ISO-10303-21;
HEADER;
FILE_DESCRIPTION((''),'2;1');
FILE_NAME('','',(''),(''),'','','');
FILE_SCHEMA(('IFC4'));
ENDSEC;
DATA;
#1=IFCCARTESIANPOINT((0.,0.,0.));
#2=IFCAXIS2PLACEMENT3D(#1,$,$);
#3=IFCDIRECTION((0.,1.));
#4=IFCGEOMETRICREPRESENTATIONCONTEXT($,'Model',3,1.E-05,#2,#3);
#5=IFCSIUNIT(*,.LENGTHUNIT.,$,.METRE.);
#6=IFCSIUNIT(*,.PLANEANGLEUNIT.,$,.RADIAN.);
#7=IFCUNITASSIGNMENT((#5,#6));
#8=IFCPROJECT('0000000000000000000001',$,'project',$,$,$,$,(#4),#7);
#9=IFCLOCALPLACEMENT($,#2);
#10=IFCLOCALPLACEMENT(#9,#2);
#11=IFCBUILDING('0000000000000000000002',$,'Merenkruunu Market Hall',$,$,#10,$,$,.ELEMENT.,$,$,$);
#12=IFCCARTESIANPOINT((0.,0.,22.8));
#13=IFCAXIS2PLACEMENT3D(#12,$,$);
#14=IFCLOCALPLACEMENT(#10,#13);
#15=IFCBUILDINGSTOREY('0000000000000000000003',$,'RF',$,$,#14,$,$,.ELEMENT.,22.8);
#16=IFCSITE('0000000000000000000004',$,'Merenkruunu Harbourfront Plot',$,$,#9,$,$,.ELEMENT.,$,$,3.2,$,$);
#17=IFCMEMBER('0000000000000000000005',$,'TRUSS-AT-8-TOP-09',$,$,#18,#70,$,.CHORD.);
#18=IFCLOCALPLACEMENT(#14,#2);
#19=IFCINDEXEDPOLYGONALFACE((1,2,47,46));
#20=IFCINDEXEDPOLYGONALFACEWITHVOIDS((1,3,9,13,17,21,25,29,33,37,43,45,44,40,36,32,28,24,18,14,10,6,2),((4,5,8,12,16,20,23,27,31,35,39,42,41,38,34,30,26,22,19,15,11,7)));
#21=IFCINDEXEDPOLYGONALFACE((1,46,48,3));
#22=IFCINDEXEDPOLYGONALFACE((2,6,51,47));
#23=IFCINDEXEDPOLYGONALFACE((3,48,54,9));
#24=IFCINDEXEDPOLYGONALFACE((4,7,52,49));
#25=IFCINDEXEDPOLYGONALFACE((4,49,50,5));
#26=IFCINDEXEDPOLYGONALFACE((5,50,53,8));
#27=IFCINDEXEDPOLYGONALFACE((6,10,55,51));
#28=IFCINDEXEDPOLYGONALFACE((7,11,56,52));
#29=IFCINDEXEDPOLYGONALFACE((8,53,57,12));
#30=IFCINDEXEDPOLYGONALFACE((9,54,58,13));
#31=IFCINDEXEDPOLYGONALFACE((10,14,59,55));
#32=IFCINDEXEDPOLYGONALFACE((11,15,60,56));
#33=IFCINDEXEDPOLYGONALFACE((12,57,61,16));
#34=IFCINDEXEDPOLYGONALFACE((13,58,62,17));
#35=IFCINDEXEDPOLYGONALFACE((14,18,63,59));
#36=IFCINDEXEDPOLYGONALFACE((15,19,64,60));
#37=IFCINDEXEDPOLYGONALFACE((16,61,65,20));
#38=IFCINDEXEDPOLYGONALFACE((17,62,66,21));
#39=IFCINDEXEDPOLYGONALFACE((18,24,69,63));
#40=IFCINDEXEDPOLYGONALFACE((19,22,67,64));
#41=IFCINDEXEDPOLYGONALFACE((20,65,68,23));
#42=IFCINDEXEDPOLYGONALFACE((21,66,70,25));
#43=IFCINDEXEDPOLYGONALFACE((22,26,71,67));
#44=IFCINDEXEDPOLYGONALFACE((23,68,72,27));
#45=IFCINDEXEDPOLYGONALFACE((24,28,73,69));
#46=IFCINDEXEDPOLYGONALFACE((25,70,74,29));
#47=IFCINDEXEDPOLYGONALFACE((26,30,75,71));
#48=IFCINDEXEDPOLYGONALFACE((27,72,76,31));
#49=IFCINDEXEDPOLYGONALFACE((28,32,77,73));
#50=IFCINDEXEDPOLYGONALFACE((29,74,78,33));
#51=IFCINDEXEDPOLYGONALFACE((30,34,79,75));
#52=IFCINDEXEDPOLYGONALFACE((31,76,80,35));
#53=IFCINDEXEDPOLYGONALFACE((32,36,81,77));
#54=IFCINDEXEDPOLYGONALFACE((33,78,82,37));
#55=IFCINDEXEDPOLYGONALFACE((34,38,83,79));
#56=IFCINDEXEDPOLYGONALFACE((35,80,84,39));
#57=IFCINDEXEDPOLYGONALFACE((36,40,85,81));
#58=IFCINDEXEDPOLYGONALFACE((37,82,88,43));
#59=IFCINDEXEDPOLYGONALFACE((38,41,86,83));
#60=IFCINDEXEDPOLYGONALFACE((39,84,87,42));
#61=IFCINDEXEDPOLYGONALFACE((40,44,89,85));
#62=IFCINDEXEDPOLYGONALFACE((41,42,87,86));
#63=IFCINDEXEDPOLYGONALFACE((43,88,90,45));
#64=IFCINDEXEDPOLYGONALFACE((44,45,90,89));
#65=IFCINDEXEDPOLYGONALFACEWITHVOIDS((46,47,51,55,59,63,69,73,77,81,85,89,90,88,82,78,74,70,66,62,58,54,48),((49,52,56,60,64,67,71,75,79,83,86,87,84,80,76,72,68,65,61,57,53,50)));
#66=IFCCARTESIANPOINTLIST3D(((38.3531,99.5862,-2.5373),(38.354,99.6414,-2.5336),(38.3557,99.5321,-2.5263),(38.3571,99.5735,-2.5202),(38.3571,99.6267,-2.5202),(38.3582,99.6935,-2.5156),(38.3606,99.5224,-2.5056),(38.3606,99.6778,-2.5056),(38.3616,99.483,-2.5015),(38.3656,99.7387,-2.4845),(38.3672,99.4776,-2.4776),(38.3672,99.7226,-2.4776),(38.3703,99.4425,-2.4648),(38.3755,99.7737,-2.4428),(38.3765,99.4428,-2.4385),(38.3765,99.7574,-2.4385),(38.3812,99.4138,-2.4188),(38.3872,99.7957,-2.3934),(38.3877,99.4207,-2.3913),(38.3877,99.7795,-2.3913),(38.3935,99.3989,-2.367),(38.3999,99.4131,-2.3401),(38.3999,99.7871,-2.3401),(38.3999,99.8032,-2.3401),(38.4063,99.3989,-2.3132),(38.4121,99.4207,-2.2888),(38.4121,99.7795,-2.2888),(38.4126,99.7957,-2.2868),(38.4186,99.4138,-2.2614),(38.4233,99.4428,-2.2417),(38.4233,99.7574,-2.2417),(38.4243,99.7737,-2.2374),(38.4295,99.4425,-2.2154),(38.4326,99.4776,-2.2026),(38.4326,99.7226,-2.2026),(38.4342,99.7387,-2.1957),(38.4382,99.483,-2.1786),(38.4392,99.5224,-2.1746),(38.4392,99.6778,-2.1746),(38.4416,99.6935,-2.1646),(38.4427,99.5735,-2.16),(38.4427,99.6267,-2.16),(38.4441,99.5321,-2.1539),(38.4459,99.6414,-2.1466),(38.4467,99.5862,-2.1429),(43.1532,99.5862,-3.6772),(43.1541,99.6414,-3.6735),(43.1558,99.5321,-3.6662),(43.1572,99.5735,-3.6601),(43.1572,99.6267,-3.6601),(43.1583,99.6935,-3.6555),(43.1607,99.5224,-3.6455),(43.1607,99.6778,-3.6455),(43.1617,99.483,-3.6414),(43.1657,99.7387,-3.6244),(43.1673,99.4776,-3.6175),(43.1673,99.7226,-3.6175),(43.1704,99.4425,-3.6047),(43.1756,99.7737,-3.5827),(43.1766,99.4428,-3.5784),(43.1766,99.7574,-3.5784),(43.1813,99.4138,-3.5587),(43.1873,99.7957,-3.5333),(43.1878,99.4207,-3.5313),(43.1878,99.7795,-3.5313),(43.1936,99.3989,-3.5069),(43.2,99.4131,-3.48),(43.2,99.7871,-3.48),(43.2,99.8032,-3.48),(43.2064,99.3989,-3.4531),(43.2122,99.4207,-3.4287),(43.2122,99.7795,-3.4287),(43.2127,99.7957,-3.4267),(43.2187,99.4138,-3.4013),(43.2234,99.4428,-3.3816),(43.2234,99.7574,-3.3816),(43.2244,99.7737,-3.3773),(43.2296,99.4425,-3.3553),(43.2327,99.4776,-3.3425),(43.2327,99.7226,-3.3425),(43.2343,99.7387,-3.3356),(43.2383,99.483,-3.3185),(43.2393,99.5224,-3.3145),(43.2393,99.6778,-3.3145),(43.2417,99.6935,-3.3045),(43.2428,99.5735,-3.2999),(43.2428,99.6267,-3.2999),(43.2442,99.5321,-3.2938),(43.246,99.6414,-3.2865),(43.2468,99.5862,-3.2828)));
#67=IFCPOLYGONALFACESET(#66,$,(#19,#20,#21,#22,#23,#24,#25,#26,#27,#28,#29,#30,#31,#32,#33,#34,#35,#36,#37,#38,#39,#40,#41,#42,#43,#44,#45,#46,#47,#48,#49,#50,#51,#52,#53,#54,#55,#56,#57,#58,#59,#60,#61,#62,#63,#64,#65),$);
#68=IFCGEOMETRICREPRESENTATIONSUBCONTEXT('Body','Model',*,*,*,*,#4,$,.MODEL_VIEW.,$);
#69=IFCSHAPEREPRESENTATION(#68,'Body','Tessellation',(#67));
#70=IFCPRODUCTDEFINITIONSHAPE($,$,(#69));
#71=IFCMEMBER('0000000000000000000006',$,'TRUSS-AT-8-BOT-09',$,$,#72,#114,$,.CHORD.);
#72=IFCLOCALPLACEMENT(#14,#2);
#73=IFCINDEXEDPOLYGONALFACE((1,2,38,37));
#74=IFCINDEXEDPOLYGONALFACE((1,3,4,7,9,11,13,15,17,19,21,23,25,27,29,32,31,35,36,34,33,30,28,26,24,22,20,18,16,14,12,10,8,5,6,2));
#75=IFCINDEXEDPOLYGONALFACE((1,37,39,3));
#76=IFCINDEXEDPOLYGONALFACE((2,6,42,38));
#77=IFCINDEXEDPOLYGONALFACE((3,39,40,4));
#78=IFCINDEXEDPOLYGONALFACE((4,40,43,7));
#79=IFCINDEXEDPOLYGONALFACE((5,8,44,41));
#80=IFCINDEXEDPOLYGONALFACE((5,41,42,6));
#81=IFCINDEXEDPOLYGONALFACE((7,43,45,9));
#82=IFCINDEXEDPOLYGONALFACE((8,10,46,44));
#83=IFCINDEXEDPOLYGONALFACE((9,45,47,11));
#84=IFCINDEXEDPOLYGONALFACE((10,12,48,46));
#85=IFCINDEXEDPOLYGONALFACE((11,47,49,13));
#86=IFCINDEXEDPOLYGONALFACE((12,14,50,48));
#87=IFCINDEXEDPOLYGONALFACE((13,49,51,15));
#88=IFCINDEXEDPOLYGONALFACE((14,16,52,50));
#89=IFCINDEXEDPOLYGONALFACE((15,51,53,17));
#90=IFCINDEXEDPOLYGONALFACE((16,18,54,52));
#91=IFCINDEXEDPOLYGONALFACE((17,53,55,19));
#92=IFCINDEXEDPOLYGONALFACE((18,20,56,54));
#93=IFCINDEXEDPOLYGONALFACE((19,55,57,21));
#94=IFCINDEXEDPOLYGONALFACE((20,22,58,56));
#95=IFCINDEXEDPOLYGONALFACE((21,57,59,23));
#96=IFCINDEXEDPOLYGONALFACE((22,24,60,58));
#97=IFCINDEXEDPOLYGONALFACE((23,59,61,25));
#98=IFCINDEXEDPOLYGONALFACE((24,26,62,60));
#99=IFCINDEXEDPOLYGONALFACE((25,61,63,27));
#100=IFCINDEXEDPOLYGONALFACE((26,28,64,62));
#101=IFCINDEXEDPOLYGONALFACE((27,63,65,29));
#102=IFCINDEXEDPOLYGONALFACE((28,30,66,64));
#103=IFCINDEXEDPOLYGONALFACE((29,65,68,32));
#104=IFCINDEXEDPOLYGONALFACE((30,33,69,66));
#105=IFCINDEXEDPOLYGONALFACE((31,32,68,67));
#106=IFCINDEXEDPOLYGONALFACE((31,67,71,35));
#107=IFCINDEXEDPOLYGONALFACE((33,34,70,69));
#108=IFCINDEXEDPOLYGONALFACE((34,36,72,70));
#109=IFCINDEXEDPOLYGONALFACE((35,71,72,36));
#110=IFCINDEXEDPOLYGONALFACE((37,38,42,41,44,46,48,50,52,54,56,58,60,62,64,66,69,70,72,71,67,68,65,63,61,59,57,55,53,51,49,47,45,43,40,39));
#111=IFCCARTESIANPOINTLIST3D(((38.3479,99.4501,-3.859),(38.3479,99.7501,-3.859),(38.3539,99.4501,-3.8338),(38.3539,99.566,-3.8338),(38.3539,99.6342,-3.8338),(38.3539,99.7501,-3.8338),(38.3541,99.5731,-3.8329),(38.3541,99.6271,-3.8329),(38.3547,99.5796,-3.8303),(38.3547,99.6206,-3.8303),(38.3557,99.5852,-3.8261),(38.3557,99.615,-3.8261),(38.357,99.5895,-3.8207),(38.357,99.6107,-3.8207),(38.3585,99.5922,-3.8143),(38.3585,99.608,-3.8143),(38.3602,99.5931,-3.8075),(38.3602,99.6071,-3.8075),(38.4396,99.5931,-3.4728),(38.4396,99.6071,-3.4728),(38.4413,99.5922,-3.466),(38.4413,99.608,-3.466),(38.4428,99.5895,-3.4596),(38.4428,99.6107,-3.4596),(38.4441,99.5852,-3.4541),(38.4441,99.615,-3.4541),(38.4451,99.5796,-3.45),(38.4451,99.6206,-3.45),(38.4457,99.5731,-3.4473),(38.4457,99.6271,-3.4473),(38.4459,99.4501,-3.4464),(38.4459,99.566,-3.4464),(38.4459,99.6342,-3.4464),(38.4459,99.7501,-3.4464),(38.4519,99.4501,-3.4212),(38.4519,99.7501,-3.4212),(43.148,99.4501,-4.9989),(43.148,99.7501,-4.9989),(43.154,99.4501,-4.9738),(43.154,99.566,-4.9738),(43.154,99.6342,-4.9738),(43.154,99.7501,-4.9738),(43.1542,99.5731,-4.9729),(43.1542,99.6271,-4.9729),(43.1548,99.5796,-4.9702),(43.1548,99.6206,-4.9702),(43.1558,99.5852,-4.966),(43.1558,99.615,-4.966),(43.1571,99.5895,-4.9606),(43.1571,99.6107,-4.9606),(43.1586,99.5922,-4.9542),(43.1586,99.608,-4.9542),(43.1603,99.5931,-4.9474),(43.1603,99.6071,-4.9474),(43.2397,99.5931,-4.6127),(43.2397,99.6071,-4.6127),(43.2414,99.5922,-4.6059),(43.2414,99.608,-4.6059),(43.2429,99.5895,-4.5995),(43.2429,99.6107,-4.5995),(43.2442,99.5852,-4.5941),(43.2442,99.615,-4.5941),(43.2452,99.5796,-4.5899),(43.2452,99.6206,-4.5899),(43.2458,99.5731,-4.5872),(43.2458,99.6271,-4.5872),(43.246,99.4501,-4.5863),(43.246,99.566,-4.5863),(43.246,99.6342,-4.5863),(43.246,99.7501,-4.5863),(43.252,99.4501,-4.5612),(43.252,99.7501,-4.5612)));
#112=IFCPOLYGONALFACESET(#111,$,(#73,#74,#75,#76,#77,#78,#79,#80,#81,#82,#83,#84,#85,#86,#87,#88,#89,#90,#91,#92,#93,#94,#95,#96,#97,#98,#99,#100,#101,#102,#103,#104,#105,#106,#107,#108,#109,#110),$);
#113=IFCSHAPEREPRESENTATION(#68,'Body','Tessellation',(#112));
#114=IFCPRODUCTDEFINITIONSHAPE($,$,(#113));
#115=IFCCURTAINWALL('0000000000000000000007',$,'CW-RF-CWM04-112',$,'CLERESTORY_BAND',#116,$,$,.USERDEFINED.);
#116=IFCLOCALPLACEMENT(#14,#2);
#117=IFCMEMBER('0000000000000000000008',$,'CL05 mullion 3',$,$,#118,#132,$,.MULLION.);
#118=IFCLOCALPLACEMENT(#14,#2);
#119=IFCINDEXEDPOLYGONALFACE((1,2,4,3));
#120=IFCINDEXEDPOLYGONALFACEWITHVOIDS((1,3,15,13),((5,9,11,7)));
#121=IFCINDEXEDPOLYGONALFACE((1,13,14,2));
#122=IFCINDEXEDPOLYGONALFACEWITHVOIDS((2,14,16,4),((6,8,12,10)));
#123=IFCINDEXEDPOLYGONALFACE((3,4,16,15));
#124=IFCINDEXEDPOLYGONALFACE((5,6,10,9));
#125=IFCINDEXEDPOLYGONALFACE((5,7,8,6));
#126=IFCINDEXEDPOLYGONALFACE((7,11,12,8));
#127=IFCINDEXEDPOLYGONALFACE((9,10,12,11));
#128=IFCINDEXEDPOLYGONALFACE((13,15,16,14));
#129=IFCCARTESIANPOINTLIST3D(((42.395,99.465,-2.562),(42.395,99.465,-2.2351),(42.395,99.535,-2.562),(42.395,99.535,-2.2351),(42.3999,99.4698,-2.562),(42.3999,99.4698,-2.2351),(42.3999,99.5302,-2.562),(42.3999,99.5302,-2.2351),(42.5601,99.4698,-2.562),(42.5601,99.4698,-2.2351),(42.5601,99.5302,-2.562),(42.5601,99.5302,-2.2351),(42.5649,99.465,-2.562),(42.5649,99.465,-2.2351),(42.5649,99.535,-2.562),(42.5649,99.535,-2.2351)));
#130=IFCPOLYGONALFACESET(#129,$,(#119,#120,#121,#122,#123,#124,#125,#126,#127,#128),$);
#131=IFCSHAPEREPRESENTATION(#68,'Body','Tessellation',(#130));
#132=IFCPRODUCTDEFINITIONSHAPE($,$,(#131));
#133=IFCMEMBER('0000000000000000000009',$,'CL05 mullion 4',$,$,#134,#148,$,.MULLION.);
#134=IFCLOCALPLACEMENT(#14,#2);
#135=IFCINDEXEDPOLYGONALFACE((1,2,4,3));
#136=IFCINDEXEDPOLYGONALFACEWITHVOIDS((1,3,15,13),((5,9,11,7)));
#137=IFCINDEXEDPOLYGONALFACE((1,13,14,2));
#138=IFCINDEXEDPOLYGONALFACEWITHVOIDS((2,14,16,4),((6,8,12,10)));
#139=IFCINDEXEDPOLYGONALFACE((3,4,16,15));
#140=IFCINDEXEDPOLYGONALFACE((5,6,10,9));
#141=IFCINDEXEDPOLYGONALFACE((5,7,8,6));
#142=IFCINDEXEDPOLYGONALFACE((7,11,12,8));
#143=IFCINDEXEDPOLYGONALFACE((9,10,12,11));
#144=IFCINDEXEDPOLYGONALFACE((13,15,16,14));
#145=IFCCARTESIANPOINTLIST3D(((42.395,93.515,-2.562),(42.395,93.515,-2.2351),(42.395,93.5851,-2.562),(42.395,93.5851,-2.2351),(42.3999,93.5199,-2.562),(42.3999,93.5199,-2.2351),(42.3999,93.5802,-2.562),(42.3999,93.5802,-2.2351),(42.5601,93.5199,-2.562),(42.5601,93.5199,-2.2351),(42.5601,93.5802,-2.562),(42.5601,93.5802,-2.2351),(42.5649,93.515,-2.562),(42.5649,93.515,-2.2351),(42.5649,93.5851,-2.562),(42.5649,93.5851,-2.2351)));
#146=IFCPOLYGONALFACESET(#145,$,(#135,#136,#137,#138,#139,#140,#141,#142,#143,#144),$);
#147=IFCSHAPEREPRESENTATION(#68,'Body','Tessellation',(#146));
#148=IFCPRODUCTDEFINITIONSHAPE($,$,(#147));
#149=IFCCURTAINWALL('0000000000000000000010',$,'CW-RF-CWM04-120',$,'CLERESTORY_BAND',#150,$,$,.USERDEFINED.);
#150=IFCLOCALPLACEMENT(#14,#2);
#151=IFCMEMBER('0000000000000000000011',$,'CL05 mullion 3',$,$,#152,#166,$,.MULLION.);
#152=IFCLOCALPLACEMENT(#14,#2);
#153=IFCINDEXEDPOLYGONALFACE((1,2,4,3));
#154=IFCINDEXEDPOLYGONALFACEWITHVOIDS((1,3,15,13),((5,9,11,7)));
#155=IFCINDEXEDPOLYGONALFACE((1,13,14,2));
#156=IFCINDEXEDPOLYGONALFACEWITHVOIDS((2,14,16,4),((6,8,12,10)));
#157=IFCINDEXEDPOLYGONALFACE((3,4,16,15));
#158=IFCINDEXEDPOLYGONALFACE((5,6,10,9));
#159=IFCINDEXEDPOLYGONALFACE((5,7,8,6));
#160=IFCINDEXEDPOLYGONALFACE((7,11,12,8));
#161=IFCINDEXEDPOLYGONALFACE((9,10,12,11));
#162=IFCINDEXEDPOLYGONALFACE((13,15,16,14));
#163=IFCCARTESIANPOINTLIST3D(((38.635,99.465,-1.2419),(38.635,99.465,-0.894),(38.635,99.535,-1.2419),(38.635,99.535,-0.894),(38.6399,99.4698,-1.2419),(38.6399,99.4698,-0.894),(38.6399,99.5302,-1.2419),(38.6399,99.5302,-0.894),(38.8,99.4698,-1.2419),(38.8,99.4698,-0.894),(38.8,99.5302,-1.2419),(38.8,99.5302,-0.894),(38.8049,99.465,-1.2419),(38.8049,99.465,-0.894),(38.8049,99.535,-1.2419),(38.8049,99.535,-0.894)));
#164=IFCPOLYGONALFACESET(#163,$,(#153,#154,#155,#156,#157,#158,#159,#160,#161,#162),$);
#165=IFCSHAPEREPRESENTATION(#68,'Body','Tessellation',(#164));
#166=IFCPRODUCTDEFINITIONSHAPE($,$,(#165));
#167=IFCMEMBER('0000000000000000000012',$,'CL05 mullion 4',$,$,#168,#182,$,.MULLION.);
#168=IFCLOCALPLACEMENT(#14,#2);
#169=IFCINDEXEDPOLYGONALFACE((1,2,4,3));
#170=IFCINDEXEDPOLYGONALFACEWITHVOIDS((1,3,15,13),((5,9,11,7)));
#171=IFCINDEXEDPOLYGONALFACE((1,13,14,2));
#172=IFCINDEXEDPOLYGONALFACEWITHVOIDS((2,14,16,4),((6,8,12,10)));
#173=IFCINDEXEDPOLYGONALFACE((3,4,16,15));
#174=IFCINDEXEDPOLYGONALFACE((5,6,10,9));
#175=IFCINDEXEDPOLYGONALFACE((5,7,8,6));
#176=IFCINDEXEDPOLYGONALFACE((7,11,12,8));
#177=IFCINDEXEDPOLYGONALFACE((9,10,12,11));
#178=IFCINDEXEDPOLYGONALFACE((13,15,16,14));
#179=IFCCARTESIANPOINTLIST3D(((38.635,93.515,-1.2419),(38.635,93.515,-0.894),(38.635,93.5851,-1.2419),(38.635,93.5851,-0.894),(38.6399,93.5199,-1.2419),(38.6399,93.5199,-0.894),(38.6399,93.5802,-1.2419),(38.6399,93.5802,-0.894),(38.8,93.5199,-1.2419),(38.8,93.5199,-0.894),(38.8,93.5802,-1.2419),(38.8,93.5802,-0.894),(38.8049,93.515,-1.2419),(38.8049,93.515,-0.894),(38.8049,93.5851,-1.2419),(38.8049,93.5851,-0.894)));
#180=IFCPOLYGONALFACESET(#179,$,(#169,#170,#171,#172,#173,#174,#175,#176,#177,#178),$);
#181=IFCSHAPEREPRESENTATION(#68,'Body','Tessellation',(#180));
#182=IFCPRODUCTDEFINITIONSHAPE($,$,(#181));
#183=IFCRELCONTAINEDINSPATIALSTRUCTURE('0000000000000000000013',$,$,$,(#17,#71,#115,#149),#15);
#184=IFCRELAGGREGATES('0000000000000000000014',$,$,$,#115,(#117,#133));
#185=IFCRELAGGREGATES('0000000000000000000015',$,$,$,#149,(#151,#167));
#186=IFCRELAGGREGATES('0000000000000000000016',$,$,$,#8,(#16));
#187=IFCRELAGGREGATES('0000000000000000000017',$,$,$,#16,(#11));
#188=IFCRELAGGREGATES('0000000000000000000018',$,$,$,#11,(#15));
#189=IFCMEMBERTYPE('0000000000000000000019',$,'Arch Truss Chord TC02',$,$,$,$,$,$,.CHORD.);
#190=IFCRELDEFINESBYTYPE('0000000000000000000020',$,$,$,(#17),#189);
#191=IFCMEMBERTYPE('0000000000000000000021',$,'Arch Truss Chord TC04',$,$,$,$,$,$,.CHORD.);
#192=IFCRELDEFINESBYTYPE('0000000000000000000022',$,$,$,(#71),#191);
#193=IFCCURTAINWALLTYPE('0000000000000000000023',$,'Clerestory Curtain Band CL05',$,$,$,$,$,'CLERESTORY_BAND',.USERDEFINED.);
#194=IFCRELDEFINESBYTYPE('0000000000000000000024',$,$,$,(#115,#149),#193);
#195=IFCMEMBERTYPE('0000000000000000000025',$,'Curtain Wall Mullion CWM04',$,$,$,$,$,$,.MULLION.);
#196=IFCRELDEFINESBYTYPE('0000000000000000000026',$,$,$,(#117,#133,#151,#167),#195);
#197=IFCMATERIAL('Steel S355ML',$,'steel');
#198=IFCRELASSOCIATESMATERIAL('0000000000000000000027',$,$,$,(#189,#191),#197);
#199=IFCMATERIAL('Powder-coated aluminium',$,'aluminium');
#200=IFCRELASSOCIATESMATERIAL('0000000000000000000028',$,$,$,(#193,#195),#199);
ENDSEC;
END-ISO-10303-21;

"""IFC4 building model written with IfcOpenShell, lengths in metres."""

from ifc_helpers import new_model, si_unit, direction, frame, origin, origin_2d, place, context, subcontext, project, spatial, hollow_rectangle, hollow_circle, i_section, extrude, material, material_profile, profile_set, type_object, element, aggregate, save


model = new_model("IFC4")

# Units and contexts
model_context = context("Model", 3, precision=1e-05, world=origin(), true_north=direction((0.0, 1.0)))
body_context = subcontext(model_context, "Body", "Model", "MODEL_VIEW")
ifc_project = project(units=[si_unit("LENGTHUNIT", "METRE"), si_unit("PLANEANGLEUNIT", "RADIAN")], contexts=[model_context])

# Site, building, storey
site_placement = place(None, origin())
site = spatial("IfcSite", under=ifc_project, at=site_placement, Name="Merenkruunu Harbourfront Plot", CompositionType="ELEMENT", RefElevation=3.2)
building_placement = place(site_placement, origin())
building = spatial("IfcBuilding", under=site, at=building_placement, Name="Merenkruunu Market Hall", CompositionType="ELEMENT")
storey_placement = place(building_placement, frame((0.0, 0.0, 22.8)))
storey = spatial("IfcBuildingStorey", under=building, at=storey_placement, Name="RF", CompositionType="ELEMENT", Elevation=22.8)

# Members
ifc_material_1 = material(Name="Steel S355ML", Category="steel")
ifc_material_profile_1 = material_profile(ifc_material_1, hollow_circle(Radius=0.2031, WallThickness=0.0161, at=origin_2d()), Name="CHS 406.4x16")
ifc_profile_set_1 = profile_set([ifc_material_profile_1], Name="Steel S355ML")
member_type_1 = type_object("IfcMemberType", Name="Arch Truss Chord TC02", PredefinedType="CHORD", material=ifc_profile_set_1)
member_1_placement = place(storey_placement, frame((38.3999, 99.6001, -2.3401), z_axis=(0.972942, 0.0, -0.23105), x_axis=(0.0, 1.0, 0.0)))
element("IfcMember", 1, at=member_1_placement, inside=storey, type_object=member_type_1, Name="TRUSS-AT-8-TOP-09", PredefinedType="CHORD", context=body_context, shape_type="SweptSolid", body=[
    extrude(hollow_circle(Radius=0.2031, WallThickness=0.0161, at=origin_2d()), origin(), (0.0, 0.0, 1.0), 4.9336),
])
ifc_material_profile_2 = material_profile(ifc_material_1, i_section(OverallWidth=0.3, OverallDepth=0.45, WebThickness=0.0139, FlangeThickness=0.0259, FilletRadius=0.0271, at=origin_2d()), Name="HEB 450")
ifc_profile_set_2 = profile_set([ifc_material_profile_2], Name="Steel S355ML")
member_type_2 = type_object("IfcMemberType", Name="Arch Truss Chord TC04", PredefinedType="CHORD", material=ifc_profile_set_2)
member_2_placement = place(storey_placement, frame((38.3999, 99.6001, -3.6401), z_axis=(0.972942, 0.0, -0.23105), x_axis=(0.0, 1.0, 0.0)))
element("IfcMember", 2, at=member_2_placement, inside=storey, type_object=member_type_2, Name="TRUSS-AT-8-BOT-09", PredefinedType="CHORD", context=body_context, shape_type="SweptSolid", body=[
    extrude(i_section(OverallWidth=0.3, OverallDepth=0.45, WebThickness=0.0139, FlangeThickness=0.0259, FilletRadius=0.0271, at=origin_2d()), origin(), (0.0, 0.0, 1.0), 4.9336),
])

# Curtain walls, members
ifc_material_2 = material(Name="Powder-coated aluminium", Category="aluminium")
curtain_wall_type = type_object("IfcCurtainWallType", Name="Clerestory Curtain Band CL05", ElementType="CLERESTORY_BAND", PredefinedType="USERDEFINED", material=ifc_material_2)
curtain_wall_1_placement = place(storey_placement, origin())
curtain_wall_1 = element("IfcCurtainWall", 3, at=curtain_wall_1_placement, inside=storey, type_object=curtain_wall_type, Name="CW-RF-CWM04-112", ObjectType="CLERESTORY_BAND", PredefinedType="USERDEFINED")
ifc_material_profile_3 = material_profile(ifc_material_2, hollow_rectangle(XDim=0.0701, YDim=0.1699, WallThickness=0.0049, at=origin_2d()), Name="ALU 70x170x5")
ifc_profile_set_3 = profile_set([ifc_material_profile_3], Name="Powder-coated aluminium")
member_type_3 = type_object("IfcMemberType", Name="Curtain Wall Mullion CWM04", PredefinedType="MULLION", material=ifc_profile_set_3)
member_3_placement = place(storey_placement, frame((42.48, 99.5, -2.562), z_axis=(0.0, 0.0, 1.0), x_axis=(0.0, -1.0, 0.0)))
member_3 = element("IfcMember", 4, at=member_3_placement, type_object=member_type_3, Name="CL05 mullion 3", PredefinedType="MULLION", context=body_context, shape_type="SweptSolid", body=[
    extrude(hollow_rectangle(XDim=0.0701, YDim=0.1699, WallThickness=0.0049, at=origin_2d()), origin(), (0.0, 0.0, 1.0), 0.3269),
])
member_4_placement = place(storey_placement, frame((42.48, 93.55, -2.562), z_axis=(0.0, 0.0, 1.0), x_axis=(0.0, -1.0, 0.0)))
member_4 = element("IfcMember", 5, at=member_4_placement, type_object=member_type_3, Name="CL05 mullion 4", PredefinedType="MULLION", context=body_context, shape_type="SweptSolid", body=[
    extrude(hollow_rectangle(XDim=0.0701, YDim=0.1699, WallThickness=0.0049, at=origin_2d()), origin(), (0.0, 0.0, 1.0), 0.3269),
])
curtain_wall_2_placement = place(storey_placement, origin())
curtain_wall_2 = element("IfcCurtainWall", 6, at=curtain_wall_2_placement, inside=storey, type_object=curtain_wall_type, Name="CW-RF-CWM04-120", ObjectType="CLERESTORY_BAND", PredefinedType="USERDEFINED")
member_5_placement = place(storey_placement, frame((38.72, 99.5, -1.2419), z_axis=(0.0, 0.0, 1.0), x_axis=(0.0, -1.0, 0.0)))
member_5 = element("IfcMember", 7, at=member_5_placement, type_object=member_type_3, Name="CL05 mullion 3", PredefinedType="MULLION", context=body_context, shape_type="SweptSolid", body=[
    extrude(hollow_rectangle(XDim=0.0701, YDim=0.1699, WallThickness=0.0049, at=origin_2d()), origin(), (0.0, 0.0, 1.0), 0.3479),
])
member_6_placement = place(storey_placement, frame((38.72, 93.55, -1.2419), z_axis=(0.0, 0.0, 1.0), x_axis=(0.0, -1.0, 0.0)))
member_6 = element("IfcMember", 8, at=member_6_placement, type_object=member_type_3, Name="CL05 mullion 4", PredefinedType="MULLION", context=body_context, shape_type="SweptSolid", body=[
    extrude(hollow_rectangle(XDim=0.0701, YDim=0.1699, WallThickness=0.0049, at=origin_2d()), origin(), (0.0, 0.0, 1.0), 0.3479),
])

aggregate(curtain_wall_1, [member_3, member_4])
aggregate(curtain_wall_2, [member_5, member_6])

save(model, "model.ifc")
